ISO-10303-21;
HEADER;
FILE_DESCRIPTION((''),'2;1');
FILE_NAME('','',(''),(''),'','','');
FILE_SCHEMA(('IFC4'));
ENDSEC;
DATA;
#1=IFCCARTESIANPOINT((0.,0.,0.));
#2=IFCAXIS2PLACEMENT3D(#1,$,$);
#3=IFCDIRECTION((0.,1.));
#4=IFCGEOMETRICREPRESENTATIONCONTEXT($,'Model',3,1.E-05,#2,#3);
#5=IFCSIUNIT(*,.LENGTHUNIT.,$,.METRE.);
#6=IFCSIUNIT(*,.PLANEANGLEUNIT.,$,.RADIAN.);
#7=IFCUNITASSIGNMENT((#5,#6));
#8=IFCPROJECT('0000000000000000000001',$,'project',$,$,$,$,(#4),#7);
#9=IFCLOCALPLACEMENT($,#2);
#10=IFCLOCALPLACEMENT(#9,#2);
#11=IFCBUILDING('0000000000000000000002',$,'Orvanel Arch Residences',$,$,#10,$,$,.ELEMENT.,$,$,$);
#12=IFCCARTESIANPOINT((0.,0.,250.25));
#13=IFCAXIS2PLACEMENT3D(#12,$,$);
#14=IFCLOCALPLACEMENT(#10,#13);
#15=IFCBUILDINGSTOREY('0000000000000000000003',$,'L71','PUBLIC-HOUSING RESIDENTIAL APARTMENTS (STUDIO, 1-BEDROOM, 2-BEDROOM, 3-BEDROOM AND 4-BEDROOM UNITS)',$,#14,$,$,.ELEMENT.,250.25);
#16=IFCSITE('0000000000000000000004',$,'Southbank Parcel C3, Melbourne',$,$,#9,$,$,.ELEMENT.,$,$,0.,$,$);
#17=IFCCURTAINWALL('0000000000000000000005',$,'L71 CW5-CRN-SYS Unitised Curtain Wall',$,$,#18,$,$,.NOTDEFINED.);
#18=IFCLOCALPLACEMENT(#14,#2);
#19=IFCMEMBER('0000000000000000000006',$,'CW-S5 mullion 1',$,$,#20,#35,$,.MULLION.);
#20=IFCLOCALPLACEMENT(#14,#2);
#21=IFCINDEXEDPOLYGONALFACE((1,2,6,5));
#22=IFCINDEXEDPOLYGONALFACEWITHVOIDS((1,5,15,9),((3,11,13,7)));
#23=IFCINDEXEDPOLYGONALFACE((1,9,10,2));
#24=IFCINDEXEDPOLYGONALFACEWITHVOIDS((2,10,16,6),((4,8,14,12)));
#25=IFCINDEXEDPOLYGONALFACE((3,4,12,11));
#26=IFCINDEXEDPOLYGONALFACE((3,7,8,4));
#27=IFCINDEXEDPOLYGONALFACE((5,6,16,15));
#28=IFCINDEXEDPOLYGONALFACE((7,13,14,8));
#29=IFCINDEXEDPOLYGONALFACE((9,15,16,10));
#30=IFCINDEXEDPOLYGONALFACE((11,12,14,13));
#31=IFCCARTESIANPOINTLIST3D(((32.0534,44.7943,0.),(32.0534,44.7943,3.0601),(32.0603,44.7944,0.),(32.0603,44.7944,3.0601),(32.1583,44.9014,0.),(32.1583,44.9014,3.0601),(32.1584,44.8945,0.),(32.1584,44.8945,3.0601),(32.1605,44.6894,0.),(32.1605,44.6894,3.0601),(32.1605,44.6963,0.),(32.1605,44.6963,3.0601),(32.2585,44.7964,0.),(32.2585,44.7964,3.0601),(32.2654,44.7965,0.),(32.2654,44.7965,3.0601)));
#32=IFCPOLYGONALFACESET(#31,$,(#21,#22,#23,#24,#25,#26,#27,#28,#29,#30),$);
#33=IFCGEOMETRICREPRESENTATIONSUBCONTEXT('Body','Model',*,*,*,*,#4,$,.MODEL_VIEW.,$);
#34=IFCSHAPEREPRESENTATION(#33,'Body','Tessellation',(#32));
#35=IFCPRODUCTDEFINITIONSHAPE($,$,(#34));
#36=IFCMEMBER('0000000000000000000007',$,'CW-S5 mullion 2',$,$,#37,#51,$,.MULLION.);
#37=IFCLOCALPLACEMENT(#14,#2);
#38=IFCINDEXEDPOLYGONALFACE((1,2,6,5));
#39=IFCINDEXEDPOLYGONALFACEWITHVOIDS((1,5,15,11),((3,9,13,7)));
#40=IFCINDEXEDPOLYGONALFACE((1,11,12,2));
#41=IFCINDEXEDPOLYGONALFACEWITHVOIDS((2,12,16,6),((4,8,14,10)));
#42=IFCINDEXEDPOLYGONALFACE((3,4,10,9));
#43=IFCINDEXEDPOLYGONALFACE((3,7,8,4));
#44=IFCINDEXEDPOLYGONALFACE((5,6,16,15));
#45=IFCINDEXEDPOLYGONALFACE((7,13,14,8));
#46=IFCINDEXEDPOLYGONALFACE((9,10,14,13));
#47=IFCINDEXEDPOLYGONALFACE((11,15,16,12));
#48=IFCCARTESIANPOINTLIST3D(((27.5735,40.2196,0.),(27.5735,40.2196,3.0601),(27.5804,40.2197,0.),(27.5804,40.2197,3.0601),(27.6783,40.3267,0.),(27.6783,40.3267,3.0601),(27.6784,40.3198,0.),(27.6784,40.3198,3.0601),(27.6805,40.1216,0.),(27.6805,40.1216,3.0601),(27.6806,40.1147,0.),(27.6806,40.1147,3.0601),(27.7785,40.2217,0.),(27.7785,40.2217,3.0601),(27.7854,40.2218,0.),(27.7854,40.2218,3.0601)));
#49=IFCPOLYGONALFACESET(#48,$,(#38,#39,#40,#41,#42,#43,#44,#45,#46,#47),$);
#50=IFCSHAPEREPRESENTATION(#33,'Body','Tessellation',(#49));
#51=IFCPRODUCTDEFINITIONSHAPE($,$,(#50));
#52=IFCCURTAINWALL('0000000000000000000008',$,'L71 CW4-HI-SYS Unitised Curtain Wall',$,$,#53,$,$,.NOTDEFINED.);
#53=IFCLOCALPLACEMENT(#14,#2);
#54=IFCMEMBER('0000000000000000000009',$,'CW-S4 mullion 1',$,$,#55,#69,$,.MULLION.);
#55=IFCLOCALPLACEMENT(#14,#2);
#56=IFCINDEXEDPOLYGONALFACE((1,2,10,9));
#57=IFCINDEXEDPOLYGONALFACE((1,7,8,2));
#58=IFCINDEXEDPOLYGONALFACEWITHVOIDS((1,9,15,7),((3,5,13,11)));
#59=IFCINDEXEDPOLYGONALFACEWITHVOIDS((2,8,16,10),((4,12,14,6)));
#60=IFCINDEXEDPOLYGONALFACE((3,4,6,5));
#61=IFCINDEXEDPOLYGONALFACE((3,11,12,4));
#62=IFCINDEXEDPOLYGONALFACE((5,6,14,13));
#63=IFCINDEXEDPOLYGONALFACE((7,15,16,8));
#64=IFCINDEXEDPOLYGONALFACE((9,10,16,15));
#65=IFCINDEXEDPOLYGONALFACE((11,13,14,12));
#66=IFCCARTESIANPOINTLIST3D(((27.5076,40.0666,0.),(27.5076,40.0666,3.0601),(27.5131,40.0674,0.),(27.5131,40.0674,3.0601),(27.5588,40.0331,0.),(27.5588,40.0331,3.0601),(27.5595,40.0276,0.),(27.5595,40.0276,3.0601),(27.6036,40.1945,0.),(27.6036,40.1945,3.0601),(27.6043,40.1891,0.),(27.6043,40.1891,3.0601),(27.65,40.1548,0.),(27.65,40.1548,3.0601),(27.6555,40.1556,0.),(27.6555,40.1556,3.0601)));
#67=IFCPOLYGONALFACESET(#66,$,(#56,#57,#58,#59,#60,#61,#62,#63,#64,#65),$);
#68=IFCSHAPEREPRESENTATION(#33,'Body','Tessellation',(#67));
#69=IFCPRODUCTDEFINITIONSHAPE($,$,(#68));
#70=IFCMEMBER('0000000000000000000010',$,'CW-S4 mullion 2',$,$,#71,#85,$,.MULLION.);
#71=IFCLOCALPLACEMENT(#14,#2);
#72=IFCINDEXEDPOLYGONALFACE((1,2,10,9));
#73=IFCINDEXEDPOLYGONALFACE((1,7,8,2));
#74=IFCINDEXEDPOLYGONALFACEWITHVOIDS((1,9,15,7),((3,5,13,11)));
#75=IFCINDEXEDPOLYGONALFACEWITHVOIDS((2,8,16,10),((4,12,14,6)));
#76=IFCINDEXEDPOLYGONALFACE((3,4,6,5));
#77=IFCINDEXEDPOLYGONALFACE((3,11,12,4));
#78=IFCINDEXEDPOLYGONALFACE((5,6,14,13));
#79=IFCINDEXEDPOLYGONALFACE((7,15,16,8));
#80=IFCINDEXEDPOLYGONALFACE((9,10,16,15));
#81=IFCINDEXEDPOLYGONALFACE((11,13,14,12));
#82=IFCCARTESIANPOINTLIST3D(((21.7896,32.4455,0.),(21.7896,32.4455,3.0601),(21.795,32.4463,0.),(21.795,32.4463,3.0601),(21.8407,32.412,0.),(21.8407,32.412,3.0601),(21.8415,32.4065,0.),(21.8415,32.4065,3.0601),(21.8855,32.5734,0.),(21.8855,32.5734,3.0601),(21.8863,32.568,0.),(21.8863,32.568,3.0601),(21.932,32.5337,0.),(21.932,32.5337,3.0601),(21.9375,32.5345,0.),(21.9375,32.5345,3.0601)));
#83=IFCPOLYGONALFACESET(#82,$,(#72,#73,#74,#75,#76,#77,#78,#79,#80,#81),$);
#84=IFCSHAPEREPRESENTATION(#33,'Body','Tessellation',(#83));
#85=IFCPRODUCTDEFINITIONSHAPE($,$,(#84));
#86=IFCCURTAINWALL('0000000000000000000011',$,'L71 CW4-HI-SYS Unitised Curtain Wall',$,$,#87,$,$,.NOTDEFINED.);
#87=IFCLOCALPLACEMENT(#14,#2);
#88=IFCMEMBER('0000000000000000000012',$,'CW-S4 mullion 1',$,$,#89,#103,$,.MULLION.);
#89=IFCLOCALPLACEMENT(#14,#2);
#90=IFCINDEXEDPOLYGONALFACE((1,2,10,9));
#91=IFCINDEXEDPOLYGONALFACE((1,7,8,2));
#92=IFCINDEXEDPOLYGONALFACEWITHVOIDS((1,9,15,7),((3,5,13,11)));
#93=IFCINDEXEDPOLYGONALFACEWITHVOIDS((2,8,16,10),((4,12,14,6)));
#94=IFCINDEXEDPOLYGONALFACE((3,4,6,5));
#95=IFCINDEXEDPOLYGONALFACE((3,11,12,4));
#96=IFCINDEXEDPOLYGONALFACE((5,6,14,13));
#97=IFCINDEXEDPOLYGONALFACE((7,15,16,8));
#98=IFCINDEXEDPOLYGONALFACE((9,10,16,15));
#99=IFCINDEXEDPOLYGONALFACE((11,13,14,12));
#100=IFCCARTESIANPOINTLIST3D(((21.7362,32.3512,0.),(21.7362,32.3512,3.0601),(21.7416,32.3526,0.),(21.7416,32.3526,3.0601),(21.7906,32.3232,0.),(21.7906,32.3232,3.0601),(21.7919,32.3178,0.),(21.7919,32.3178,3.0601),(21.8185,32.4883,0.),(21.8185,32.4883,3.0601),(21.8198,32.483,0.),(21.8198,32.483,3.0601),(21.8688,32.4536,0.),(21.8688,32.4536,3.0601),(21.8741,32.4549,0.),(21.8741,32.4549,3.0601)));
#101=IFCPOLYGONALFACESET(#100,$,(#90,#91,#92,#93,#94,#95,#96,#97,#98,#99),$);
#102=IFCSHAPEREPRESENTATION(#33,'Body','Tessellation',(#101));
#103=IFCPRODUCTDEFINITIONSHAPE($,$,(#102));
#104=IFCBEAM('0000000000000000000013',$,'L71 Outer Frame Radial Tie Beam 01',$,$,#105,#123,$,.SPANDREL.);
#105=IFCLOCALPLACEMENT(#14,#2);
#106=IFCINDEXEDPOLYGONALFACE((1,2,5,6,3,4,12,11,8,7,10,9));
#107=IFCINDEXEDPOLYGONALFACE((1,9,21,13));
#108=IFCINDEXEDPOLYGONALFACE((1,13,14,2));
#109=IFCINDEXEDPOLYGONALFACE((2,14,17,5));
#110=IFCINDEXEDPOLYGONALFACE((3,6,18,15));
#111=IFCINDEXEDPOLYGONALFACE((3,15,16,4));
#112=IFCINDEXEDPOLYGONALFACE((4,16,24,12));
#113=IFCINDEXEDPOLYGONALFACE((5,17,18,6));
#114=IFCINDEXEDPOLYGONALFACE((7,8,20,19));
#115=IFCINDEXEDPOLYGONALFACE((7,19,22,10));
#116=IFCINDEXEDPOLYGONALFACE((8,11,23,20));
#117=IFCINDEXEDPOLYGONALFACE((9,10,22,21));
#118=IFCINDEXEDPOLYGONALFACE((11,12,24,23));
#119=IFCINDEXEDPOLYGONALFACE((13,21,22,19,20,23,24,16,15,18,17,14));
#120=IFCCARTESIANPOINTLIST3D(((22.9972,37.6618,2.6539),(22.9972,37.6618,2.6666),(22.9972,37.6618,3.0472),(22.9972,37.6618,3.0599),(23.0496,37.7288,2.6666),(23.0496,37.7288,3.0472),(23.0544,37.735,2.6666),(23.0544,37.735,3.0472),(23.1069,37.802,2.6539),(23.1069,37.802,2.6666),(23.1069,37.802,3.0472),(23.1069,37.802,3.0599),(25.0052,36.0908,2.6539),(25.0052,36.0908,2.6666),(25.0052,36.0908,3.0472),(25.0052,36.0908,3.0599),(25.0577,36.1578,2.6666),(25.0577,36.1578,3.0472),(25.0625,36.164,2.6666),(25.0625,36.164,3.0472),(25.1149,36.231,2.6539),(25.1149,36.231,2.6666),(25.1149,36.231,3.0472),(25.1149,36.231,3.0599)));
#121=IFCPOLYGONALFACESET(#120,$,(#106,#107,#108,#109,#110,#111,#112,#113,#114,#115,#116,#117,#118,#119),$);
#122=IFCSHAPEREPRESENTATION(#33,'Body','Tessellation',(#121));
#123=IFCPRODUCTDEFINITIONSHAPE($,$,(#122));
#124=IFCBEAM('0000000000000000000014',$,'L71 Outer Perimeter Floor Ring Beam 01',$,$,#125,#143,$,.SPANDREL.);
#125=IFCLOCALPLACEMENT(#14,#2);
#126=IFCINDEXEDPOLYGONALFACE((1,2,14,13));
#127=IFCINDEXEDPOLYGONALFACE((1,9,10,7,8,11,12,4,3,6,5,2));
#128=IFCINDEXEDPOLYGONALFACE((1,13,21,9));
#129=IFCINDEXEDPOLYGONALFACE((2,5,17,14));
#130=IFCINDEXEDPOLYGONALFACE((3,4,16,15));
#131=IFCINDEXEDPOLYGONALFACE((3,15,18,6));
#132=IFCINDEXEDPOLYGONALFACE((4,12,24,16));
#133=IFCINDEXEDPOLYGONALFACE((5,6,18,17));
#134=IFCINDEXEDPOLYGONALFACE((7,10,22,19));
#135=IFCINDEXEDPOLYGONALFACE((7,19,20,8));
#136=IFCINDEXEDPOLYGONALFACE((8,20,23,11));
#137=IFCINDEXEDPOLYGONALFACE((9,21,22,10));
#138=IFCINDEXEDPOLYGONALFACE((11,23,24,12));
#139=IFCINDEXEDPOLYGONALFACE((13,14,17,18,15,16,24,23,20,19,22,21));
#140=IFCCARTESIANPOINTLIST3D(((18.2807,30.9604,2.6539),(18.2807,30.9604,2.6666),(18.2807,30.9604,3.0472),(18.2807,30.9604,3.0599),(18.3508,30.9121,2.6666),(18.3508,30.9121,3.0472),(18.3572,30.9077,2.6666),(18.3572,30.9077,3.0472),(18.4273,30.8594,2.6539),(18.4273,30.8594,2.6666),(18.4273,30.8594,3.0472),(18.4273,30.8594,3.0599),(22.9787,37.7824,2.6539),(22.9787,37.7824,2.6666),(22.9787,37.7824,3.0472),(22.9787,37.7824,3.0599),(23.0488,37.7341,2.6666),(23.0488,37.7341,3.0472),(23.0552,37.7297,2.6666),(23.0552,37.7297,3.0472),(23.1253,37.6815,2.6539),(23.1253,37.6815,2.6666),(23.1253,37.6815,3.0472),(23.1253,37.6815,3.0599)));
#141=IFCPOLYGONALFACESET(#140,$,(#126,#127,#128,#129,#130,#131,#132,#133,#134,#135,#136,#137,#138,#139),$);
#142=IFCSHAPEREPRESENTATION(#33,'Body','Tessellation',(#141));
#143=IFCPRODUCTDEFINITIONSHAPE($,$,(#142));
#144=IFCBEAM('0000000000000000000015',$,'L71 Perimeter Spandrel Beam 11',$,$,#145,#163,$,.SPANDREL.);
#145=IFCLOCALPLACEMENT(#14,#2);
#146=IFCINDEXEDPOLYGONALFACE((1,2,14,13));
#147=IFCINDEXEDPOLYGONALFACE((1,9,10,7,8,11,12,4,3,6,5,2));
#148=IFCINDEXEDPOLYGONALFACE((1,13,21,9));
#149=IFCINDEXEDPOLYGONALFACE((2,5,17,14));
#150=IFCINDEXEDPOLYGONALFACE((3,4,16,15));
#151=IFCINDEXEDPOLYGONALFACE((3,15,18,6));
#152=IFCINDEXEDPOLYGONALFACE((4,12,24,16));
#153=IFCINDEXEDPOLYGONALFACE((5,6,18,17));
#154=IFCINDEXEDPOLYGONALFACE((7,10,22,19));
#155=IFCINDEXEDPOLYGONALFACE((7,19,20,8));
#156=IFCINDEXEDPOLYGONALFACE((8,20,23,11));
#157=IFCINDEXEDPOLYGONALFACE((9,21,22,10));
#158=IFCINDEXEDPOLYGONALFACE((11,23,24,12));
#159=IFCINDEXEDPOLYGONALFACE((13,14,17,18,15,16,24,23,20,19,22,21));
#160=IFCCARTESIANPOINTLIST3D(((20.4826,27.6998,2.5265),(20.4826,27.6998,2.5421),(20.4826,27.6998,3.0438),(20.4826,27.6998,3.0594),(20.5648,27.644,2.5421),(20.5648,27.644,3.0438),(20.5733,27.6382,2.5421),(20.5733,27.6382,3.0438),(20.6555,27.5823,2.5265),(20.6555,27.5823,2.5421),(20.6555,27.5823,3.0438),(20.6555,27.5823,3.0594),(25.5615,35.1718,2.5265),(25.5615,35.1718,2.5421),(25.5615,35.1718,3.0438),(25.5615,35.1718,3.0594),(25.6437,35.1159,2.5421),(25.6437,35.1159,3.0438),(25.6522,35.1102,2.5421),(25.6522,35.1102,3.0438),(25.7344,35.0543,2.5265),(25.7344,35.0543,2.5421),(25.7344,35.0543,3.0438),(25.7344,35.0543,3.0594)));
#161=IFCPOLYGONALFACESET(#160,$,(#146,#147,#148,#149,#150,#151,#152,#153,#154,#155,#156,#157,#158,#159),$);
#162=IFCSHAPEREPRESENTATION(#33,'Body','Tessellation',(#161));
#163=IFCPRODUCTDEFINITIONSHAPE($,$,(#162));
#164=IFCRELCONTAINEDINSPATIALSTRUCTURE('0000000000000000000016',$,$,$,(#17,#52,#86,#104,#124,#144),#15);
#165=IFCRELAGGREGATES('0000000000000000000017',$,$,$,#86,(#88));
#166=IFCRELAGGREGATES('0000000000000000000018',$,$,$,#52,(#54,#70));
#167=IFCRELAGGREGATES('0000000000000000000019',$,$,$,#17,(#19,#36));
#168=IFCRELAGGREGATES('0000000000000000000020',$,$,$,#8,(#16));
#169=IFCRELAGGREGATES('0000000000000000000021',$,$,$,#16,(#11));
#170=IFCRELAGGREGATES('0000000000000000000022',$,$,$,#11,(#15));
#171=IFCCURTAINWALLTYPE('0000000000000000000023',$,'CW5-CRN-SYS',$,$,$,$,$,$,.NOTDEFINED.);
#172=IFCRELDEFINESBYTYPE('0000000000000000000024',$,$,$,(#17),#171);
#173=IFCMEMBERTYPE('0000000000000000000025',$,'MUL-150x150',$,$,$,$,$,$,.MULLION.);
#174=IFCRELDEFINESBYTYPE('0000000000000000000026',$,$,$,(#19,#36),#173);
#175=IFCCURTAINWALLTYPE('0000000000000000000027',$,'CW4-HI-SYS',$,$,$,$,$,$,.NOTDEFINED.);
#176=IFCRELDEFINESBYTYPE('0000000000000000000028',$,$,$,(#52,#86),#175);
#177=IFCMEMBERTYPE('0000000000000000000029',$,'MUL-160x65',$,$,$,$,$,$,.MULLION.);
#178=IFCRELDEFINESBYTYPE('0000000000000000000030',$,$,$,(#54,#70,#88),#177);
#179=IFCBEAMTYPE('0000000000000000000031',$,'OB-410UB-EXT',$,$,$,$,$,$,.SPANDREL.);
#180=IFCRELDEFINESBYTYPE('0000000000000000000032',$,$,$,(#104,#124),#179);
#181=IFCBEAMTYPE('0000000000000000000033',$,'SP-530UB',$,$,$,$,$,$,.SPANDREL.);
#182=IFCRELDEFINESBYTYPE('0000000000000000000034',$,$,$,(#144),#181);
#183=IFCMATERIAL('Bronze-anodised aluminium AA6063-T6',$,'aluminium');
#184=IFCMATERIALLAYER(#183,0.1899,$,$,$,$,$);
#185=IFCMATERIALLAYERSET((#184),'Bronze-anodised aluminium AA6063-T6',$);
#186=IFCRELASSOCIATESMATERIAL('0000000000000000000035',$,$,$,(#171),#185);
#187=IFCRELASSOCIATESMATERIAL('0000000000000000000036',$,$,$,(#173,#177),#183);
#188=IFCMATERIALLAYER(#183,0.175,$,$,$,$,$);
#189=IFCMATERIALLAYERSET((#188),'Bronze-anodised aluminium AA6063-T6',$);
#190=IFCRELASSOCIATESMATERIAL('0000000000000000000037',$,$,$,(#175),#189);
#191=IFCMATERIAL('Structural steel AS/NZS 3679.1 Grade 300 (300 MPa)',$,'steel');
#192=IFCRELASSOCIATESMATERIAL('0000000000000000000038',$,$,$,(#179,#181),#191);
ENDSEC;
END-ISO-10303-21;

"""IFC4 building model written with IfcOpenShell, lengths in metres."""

from ifc_helpers import new_model, si_unit, direction, frame, origin, origin_2d, place, context, subcontext, project, spatial, hollow_rectangle, i_section, extrude, material, layer, layer_set, material_profile, profile_set, type_object, element, aggregate, save


model = new_model("IFC4")

# Units and contexts
model_context = context("Model", 3, precision=1e-05, world=origin(), true_north=direction((0.0, 1.0)))
body_context = subcontext(model_context, "Body", "Model", "MODEL_VIEW")
ifc_project = project(units=[si_unit("LENGTHUNIT", "METRE"), si_unit("PLANEANGLEUNIT", "RADIAN")], contexts=[model_context])

# Site, building, storey
site_placement = place(None, origin())
site = spatial("IfcSite", under=ifc_project, at=site_placement, Name="Southbank Parcel C3, Melbourne", CompositionType="ELEMENT", RefElevation=0.0)
building_placement = place(site_placement, origin())
building = spatial("IfcBuilding", under=site, at=building_placement, Name="Orvanel Arch Residences", CompositionType="ELEMENT")
storey_placement = place(building_placement, frame((0.0, 0.0, 250.25)))
storey = spatial("IfcBuildingStorey", under=building, at=storey_placement, Name="L71", Description="PUBLIC-HOUSING RESIDENTIAL APARTMENTS (STUDIO, 1-BEDROOM, 2-BEDROOM, 3-BEDROOM AND 4-BEDROOM UNITS)", CompositionType="ELEMENT", Elevation=250.25)

# Shared definitions
ifc_material_1 = material(Name="Structural steel AS/NZS 3679.1 Grade 300 (300 MPa)", Category="steel")

# Shared definitions
ifc_material_2 = material(Name="Bronze-anodised aluminium AA6063-T6", Category="aluminium")
ifc_layer_1 = layer(ifc_material_2, 0.1899)
ifc_layer_set_1 = layer_set([ifc_layer_1], Name="Bronze-anodised aluminium AA6063-T6")
curtain_wall_type_1 = type_object("IfcCurtainWallType", Name="CW5-CRN-SYS", PredefinedType="NOTDEFINED", material=ifc_layer_set_1)
ifc_material_profile_1 = material_profile(ifc_material_2, hollow_rectangle(XDim=0.1499, YDim=0.1499, WallThickness=0.0049, at=origin_2d()), Name="ALU150x150x5")
ifc_profile_set_1 = profile_set([ifc_material_profile_1], Name="Bronze-anodised aluminium AA6063-T6")
member_type_1 = type_object("IfcMemberType", Name="MUL-150x150", PredefinedType="MULLION", material=ifc_profile_set_1)

# Curtain walls, members
curtain_wall_1_placement = place(storey_placement, origin())
curtain_wall_1 = element("IfcCurtainWall", 1, at=curtain_wall_1_placement, inside=storey, type_object=curtain_wall_type_1, Name="L71 CW5-CRN-SYS Unitised Curtain Wall", PredefinedType="NOTDEFINED")
member_1_placement = place(storey_placement, frame((32.1594, 44.7954, 0.0), z_axis=(0.0, 0.0, 1.0), x_axis=(0.714469, -0.699667, 0.0)))
member_1 = element("IfcMember", 2, at=member_1_placement, type_object=member_type_1, Name="CW-S5 mullion 1", PredefinedType="MULLION", context=body_context, shape_type="SweptSolid", body=[
    extrude(hollow_rectangle(XDim=0.1499, YDim=0.1499, WallThickness=0.0049, at=origin_2d()), origin(), (0.0, 0.0, 1.0), 3.0601),
])
member_2_placement = place(storey_placement, frame((27.6794, 40.2207, 0.0), z_axis=(0.0, 0.0, 1.0), x_axis=(0.714469, -0.699667, 0.0)))
member_2 = element("IfcMember", 3, at=member_2_placement, type_object=member_type_1, Name="CW-S5 mullion 2", PredefinedType="MULLION", context=body_context, shape_type="SweptSolid", body=[
    extrude(hollow_rectangle(XDim=0.1499, YDim=0.1499, WallThickness=0.0049, at=origin_2d()), origin(), (0.0, 0.0, 1.0), 3.0601),
])
ifc_layer_2 = layer(ifc_material_2, 0.175)
ifc_layer_set_2 = layer_set([ifc_layer_2], Name="Bronze-anodised aluminium AA6063-T6")
curtain_wall_type_2 = type_object("IfcCurtainWallType", Name="CW4-HI-SYS", PredefinedType="NOTDEFINED", material=ifc_layer_set_2)
curtain_wall_2_placement = place(storey_placement, origin())
curtain_wall_2 = element("IfcCurtainWall", 4, at=curtain_wall_2_placement, inside=storey, type_object=curtain_wall_type_2, Name="L71 CW4-HI-SYS Unitised Curtain Wall", PredefinedType="NOTDEFINED")
ifc_material_profile_2 = material_profile(ifc_material_2, hollow_rectangle(XDim=0.0649, YDim=0.1599, WallThickness=0.0039, at=origin_2d()), Name="ALU160x65x4")
ifc_profile_set_2 = profile_set([ifc_material_profile_2], Name="Bronze-anodised aluminium AA6063-T6")
member_type_2 = type_object("IfcMemberType", Name="MUL-160x65", PredefinedType="MULLION", material=ifc_profile_set_2)
member_3_placement = place(storey_placement, frame((27.5815, 40.1111, 0.0), z_axis=(0.0, 0.0, 1.0), x_axis=(0.799887, -0.60015, 0.0)))
member_3 = element("IfcMember", 5, at=member_3_placement, type_object=member_type_2, Name="CW-S4 mullion 1", PredefinedType="MULLION", context=body_context, shape_type="SweptSolid", body=[
    extrude(hollow_rectangle(XDim=0.0649, YDim=0.1599, WallThickness=0.0039, at=origin_2d()), origin(), (0.0, 0.0, 1.0), 3.0601),
])
member_4_placement = place(storey_placement, frame((21.8635, 32.49, 0.0), z_axis=(0.0, 0.0, 1.0), x_axis=(0.799887, -0.60015, 0.0)))
member_4 = element("IfcMember", 6, at=member_4_placement, type_object=member_type_2, Name="CW-S4 mullion 2", PredefinedType="MULLION", context=body_context, shape_type="SweptSolid", body=[
    extrude(hollow_rectangle(XDim=0.0649, YDim=0.1599, WallThickness=0.0039, at=origin_2d()), origin(), (0.0, 0.0, 1.0), 3.0601),
])

# Curtain wall, member
curtain_wall_3_placement = place(storey_placement, origin())
curtain_wall_3 = element("IfcCurtainWall", 7, at=curtain_wall_3_placement, inside=storey, type_object=curtain_wall_type_2, Name="L71 CW4-HI-SYS Unitised Curtain Wall", PredefinedType="NOTDEFINED")
member_5_placement = place(storey_placement, frame((21.8052, 32.4031, 0.0), z_axis=(0.0, 0.0, 1.0), x_axis=(0.857576, -0.514357, 0.0)))
member_5 = element("IfcMember", 8, at=member_5_placement, type_object=member_type_2, Name="CW-S4 mullion 1", PredefinedType="MULLION", context=body_context, shape_type="SweptSolid", body=[
    extrude(hollow_rectangle(XDim=0.0649, YDim=0.1599, WallThickness=0.0039, at=origin_2d()), origin(), (0.0, 0.0, 1.0), 3.0601),
])

# Beams
ifc_material_profile_3 = material_profile(ifc_material_1, i_section(OverallWidth=0.178, OverallDepth=0.406, WebThickness=0.0078, FlangeThickness=0.0127, at=origin_2d()), Name="410UB59.7")
ifc_profile_set_3 = profile_set([ifc_material_profile_3], Name="Structural steel AS/NZS 3679.1 Grade 300 (300 MPa)")
beam_type_1 = type_object("IfcBeamType", Name="OB-410UB-EXT", PredefinedType="SPANDREL", material=ifc_profile_set_3)
beam_1_placement = place(storey_placement, frame((25.0601, 36.1609, 2.8569), z_axis=(-0.787596, 0.616192, 0.0), x_axis=(-0.616192, -0.787596, 0.0)))
element("IfcBeam", 9, at=beam_1_placement, inside=storey, type_object=beam_type_1, Name="L71 Outer Frame Radial Tie Beam 01", PredefinedType="SPANDREL", context=body_context, shape_type="SweptSolid", body=[
    extrude(i_section(OverallWidth=0.178, OverallDepth=0.406, WebThickness=0.0078, FlangeThickness=0.0127, at=origin_2d()), origin(), (0.0, 0.0, 1.0), 2.5496),
])
beam_2_placement = place(storey_placement, frame((23.052, 37.7319, 2.8569), z_axis=(-0.567173, -0.823599, 0.0), x_axis=(0.823599, -0.567173, 0.0)))
element("IfcBeam", 10, at=beam_2_placement, inside=storey, type_object=beam_type_1, Name="L71 Outer Perimeter Floor Ring Beam 01", PredefinedType="SPANDREL", context=body_context, shape_type="SweptSolid", body=[
    extrude(i_section(OverallWidth=0.178, OverallDepth=0.406, WebThickness=0.0078, FlangeThickness=0.0127, at=origin_2d()), origin(), (0.0, 0.0, 1.0), 8.2832),
])
ifc_material_profile_4 = material_profile(ifc_material_1, i_section(OverallWidth=0.209, OverallDepth=0.533, WebThickness=0.0103, FlangeThickness=0.0156, at=origin_2d()), Name="530UB92.4")
ifc_profile_set_4 = profile_set([ifc_material_profile_4], Name="Structural steel AS/NZS 3679.1 Grade 300 (300 MPa)")
beam_type_2 = type_object("IfcBeamType", Name="SP-530UB", PredefinedType="SPANDREL", material=ifc_profile_set_4)
beam_3_placement = place(storey_placement, frame((25.6479, 35.113, 2.793), z_axis=(-0.562155, -0.827032, 0.0), x_axis=(0.827032, -0.562155, 0.0)))
element("IfcBeam", 11, at=beam_3_placement, inside=storey, type_object=beam_type_2, Name="L71 Perimeter Spandrel Beam 11", PredefinedType="SPANDREL", context=body_context, shape_type="SweptSolid", body=[
    extrude(i_section(OverallWidth=0.209, OverallDepth=0.533, WebThickness=0.0103, FlangeThickness=0.0156, at=origin_2d()), origin(), (0.0, 0.0, 1.0), 9.0347),
])

aggregate(curtain_wall_3, [member_5])

aggregate(curtain_wall_2, [member_3, member_4])
aggregate(curtain_wall_1, [member_1, member_2])

save(model, "model.ifc")
